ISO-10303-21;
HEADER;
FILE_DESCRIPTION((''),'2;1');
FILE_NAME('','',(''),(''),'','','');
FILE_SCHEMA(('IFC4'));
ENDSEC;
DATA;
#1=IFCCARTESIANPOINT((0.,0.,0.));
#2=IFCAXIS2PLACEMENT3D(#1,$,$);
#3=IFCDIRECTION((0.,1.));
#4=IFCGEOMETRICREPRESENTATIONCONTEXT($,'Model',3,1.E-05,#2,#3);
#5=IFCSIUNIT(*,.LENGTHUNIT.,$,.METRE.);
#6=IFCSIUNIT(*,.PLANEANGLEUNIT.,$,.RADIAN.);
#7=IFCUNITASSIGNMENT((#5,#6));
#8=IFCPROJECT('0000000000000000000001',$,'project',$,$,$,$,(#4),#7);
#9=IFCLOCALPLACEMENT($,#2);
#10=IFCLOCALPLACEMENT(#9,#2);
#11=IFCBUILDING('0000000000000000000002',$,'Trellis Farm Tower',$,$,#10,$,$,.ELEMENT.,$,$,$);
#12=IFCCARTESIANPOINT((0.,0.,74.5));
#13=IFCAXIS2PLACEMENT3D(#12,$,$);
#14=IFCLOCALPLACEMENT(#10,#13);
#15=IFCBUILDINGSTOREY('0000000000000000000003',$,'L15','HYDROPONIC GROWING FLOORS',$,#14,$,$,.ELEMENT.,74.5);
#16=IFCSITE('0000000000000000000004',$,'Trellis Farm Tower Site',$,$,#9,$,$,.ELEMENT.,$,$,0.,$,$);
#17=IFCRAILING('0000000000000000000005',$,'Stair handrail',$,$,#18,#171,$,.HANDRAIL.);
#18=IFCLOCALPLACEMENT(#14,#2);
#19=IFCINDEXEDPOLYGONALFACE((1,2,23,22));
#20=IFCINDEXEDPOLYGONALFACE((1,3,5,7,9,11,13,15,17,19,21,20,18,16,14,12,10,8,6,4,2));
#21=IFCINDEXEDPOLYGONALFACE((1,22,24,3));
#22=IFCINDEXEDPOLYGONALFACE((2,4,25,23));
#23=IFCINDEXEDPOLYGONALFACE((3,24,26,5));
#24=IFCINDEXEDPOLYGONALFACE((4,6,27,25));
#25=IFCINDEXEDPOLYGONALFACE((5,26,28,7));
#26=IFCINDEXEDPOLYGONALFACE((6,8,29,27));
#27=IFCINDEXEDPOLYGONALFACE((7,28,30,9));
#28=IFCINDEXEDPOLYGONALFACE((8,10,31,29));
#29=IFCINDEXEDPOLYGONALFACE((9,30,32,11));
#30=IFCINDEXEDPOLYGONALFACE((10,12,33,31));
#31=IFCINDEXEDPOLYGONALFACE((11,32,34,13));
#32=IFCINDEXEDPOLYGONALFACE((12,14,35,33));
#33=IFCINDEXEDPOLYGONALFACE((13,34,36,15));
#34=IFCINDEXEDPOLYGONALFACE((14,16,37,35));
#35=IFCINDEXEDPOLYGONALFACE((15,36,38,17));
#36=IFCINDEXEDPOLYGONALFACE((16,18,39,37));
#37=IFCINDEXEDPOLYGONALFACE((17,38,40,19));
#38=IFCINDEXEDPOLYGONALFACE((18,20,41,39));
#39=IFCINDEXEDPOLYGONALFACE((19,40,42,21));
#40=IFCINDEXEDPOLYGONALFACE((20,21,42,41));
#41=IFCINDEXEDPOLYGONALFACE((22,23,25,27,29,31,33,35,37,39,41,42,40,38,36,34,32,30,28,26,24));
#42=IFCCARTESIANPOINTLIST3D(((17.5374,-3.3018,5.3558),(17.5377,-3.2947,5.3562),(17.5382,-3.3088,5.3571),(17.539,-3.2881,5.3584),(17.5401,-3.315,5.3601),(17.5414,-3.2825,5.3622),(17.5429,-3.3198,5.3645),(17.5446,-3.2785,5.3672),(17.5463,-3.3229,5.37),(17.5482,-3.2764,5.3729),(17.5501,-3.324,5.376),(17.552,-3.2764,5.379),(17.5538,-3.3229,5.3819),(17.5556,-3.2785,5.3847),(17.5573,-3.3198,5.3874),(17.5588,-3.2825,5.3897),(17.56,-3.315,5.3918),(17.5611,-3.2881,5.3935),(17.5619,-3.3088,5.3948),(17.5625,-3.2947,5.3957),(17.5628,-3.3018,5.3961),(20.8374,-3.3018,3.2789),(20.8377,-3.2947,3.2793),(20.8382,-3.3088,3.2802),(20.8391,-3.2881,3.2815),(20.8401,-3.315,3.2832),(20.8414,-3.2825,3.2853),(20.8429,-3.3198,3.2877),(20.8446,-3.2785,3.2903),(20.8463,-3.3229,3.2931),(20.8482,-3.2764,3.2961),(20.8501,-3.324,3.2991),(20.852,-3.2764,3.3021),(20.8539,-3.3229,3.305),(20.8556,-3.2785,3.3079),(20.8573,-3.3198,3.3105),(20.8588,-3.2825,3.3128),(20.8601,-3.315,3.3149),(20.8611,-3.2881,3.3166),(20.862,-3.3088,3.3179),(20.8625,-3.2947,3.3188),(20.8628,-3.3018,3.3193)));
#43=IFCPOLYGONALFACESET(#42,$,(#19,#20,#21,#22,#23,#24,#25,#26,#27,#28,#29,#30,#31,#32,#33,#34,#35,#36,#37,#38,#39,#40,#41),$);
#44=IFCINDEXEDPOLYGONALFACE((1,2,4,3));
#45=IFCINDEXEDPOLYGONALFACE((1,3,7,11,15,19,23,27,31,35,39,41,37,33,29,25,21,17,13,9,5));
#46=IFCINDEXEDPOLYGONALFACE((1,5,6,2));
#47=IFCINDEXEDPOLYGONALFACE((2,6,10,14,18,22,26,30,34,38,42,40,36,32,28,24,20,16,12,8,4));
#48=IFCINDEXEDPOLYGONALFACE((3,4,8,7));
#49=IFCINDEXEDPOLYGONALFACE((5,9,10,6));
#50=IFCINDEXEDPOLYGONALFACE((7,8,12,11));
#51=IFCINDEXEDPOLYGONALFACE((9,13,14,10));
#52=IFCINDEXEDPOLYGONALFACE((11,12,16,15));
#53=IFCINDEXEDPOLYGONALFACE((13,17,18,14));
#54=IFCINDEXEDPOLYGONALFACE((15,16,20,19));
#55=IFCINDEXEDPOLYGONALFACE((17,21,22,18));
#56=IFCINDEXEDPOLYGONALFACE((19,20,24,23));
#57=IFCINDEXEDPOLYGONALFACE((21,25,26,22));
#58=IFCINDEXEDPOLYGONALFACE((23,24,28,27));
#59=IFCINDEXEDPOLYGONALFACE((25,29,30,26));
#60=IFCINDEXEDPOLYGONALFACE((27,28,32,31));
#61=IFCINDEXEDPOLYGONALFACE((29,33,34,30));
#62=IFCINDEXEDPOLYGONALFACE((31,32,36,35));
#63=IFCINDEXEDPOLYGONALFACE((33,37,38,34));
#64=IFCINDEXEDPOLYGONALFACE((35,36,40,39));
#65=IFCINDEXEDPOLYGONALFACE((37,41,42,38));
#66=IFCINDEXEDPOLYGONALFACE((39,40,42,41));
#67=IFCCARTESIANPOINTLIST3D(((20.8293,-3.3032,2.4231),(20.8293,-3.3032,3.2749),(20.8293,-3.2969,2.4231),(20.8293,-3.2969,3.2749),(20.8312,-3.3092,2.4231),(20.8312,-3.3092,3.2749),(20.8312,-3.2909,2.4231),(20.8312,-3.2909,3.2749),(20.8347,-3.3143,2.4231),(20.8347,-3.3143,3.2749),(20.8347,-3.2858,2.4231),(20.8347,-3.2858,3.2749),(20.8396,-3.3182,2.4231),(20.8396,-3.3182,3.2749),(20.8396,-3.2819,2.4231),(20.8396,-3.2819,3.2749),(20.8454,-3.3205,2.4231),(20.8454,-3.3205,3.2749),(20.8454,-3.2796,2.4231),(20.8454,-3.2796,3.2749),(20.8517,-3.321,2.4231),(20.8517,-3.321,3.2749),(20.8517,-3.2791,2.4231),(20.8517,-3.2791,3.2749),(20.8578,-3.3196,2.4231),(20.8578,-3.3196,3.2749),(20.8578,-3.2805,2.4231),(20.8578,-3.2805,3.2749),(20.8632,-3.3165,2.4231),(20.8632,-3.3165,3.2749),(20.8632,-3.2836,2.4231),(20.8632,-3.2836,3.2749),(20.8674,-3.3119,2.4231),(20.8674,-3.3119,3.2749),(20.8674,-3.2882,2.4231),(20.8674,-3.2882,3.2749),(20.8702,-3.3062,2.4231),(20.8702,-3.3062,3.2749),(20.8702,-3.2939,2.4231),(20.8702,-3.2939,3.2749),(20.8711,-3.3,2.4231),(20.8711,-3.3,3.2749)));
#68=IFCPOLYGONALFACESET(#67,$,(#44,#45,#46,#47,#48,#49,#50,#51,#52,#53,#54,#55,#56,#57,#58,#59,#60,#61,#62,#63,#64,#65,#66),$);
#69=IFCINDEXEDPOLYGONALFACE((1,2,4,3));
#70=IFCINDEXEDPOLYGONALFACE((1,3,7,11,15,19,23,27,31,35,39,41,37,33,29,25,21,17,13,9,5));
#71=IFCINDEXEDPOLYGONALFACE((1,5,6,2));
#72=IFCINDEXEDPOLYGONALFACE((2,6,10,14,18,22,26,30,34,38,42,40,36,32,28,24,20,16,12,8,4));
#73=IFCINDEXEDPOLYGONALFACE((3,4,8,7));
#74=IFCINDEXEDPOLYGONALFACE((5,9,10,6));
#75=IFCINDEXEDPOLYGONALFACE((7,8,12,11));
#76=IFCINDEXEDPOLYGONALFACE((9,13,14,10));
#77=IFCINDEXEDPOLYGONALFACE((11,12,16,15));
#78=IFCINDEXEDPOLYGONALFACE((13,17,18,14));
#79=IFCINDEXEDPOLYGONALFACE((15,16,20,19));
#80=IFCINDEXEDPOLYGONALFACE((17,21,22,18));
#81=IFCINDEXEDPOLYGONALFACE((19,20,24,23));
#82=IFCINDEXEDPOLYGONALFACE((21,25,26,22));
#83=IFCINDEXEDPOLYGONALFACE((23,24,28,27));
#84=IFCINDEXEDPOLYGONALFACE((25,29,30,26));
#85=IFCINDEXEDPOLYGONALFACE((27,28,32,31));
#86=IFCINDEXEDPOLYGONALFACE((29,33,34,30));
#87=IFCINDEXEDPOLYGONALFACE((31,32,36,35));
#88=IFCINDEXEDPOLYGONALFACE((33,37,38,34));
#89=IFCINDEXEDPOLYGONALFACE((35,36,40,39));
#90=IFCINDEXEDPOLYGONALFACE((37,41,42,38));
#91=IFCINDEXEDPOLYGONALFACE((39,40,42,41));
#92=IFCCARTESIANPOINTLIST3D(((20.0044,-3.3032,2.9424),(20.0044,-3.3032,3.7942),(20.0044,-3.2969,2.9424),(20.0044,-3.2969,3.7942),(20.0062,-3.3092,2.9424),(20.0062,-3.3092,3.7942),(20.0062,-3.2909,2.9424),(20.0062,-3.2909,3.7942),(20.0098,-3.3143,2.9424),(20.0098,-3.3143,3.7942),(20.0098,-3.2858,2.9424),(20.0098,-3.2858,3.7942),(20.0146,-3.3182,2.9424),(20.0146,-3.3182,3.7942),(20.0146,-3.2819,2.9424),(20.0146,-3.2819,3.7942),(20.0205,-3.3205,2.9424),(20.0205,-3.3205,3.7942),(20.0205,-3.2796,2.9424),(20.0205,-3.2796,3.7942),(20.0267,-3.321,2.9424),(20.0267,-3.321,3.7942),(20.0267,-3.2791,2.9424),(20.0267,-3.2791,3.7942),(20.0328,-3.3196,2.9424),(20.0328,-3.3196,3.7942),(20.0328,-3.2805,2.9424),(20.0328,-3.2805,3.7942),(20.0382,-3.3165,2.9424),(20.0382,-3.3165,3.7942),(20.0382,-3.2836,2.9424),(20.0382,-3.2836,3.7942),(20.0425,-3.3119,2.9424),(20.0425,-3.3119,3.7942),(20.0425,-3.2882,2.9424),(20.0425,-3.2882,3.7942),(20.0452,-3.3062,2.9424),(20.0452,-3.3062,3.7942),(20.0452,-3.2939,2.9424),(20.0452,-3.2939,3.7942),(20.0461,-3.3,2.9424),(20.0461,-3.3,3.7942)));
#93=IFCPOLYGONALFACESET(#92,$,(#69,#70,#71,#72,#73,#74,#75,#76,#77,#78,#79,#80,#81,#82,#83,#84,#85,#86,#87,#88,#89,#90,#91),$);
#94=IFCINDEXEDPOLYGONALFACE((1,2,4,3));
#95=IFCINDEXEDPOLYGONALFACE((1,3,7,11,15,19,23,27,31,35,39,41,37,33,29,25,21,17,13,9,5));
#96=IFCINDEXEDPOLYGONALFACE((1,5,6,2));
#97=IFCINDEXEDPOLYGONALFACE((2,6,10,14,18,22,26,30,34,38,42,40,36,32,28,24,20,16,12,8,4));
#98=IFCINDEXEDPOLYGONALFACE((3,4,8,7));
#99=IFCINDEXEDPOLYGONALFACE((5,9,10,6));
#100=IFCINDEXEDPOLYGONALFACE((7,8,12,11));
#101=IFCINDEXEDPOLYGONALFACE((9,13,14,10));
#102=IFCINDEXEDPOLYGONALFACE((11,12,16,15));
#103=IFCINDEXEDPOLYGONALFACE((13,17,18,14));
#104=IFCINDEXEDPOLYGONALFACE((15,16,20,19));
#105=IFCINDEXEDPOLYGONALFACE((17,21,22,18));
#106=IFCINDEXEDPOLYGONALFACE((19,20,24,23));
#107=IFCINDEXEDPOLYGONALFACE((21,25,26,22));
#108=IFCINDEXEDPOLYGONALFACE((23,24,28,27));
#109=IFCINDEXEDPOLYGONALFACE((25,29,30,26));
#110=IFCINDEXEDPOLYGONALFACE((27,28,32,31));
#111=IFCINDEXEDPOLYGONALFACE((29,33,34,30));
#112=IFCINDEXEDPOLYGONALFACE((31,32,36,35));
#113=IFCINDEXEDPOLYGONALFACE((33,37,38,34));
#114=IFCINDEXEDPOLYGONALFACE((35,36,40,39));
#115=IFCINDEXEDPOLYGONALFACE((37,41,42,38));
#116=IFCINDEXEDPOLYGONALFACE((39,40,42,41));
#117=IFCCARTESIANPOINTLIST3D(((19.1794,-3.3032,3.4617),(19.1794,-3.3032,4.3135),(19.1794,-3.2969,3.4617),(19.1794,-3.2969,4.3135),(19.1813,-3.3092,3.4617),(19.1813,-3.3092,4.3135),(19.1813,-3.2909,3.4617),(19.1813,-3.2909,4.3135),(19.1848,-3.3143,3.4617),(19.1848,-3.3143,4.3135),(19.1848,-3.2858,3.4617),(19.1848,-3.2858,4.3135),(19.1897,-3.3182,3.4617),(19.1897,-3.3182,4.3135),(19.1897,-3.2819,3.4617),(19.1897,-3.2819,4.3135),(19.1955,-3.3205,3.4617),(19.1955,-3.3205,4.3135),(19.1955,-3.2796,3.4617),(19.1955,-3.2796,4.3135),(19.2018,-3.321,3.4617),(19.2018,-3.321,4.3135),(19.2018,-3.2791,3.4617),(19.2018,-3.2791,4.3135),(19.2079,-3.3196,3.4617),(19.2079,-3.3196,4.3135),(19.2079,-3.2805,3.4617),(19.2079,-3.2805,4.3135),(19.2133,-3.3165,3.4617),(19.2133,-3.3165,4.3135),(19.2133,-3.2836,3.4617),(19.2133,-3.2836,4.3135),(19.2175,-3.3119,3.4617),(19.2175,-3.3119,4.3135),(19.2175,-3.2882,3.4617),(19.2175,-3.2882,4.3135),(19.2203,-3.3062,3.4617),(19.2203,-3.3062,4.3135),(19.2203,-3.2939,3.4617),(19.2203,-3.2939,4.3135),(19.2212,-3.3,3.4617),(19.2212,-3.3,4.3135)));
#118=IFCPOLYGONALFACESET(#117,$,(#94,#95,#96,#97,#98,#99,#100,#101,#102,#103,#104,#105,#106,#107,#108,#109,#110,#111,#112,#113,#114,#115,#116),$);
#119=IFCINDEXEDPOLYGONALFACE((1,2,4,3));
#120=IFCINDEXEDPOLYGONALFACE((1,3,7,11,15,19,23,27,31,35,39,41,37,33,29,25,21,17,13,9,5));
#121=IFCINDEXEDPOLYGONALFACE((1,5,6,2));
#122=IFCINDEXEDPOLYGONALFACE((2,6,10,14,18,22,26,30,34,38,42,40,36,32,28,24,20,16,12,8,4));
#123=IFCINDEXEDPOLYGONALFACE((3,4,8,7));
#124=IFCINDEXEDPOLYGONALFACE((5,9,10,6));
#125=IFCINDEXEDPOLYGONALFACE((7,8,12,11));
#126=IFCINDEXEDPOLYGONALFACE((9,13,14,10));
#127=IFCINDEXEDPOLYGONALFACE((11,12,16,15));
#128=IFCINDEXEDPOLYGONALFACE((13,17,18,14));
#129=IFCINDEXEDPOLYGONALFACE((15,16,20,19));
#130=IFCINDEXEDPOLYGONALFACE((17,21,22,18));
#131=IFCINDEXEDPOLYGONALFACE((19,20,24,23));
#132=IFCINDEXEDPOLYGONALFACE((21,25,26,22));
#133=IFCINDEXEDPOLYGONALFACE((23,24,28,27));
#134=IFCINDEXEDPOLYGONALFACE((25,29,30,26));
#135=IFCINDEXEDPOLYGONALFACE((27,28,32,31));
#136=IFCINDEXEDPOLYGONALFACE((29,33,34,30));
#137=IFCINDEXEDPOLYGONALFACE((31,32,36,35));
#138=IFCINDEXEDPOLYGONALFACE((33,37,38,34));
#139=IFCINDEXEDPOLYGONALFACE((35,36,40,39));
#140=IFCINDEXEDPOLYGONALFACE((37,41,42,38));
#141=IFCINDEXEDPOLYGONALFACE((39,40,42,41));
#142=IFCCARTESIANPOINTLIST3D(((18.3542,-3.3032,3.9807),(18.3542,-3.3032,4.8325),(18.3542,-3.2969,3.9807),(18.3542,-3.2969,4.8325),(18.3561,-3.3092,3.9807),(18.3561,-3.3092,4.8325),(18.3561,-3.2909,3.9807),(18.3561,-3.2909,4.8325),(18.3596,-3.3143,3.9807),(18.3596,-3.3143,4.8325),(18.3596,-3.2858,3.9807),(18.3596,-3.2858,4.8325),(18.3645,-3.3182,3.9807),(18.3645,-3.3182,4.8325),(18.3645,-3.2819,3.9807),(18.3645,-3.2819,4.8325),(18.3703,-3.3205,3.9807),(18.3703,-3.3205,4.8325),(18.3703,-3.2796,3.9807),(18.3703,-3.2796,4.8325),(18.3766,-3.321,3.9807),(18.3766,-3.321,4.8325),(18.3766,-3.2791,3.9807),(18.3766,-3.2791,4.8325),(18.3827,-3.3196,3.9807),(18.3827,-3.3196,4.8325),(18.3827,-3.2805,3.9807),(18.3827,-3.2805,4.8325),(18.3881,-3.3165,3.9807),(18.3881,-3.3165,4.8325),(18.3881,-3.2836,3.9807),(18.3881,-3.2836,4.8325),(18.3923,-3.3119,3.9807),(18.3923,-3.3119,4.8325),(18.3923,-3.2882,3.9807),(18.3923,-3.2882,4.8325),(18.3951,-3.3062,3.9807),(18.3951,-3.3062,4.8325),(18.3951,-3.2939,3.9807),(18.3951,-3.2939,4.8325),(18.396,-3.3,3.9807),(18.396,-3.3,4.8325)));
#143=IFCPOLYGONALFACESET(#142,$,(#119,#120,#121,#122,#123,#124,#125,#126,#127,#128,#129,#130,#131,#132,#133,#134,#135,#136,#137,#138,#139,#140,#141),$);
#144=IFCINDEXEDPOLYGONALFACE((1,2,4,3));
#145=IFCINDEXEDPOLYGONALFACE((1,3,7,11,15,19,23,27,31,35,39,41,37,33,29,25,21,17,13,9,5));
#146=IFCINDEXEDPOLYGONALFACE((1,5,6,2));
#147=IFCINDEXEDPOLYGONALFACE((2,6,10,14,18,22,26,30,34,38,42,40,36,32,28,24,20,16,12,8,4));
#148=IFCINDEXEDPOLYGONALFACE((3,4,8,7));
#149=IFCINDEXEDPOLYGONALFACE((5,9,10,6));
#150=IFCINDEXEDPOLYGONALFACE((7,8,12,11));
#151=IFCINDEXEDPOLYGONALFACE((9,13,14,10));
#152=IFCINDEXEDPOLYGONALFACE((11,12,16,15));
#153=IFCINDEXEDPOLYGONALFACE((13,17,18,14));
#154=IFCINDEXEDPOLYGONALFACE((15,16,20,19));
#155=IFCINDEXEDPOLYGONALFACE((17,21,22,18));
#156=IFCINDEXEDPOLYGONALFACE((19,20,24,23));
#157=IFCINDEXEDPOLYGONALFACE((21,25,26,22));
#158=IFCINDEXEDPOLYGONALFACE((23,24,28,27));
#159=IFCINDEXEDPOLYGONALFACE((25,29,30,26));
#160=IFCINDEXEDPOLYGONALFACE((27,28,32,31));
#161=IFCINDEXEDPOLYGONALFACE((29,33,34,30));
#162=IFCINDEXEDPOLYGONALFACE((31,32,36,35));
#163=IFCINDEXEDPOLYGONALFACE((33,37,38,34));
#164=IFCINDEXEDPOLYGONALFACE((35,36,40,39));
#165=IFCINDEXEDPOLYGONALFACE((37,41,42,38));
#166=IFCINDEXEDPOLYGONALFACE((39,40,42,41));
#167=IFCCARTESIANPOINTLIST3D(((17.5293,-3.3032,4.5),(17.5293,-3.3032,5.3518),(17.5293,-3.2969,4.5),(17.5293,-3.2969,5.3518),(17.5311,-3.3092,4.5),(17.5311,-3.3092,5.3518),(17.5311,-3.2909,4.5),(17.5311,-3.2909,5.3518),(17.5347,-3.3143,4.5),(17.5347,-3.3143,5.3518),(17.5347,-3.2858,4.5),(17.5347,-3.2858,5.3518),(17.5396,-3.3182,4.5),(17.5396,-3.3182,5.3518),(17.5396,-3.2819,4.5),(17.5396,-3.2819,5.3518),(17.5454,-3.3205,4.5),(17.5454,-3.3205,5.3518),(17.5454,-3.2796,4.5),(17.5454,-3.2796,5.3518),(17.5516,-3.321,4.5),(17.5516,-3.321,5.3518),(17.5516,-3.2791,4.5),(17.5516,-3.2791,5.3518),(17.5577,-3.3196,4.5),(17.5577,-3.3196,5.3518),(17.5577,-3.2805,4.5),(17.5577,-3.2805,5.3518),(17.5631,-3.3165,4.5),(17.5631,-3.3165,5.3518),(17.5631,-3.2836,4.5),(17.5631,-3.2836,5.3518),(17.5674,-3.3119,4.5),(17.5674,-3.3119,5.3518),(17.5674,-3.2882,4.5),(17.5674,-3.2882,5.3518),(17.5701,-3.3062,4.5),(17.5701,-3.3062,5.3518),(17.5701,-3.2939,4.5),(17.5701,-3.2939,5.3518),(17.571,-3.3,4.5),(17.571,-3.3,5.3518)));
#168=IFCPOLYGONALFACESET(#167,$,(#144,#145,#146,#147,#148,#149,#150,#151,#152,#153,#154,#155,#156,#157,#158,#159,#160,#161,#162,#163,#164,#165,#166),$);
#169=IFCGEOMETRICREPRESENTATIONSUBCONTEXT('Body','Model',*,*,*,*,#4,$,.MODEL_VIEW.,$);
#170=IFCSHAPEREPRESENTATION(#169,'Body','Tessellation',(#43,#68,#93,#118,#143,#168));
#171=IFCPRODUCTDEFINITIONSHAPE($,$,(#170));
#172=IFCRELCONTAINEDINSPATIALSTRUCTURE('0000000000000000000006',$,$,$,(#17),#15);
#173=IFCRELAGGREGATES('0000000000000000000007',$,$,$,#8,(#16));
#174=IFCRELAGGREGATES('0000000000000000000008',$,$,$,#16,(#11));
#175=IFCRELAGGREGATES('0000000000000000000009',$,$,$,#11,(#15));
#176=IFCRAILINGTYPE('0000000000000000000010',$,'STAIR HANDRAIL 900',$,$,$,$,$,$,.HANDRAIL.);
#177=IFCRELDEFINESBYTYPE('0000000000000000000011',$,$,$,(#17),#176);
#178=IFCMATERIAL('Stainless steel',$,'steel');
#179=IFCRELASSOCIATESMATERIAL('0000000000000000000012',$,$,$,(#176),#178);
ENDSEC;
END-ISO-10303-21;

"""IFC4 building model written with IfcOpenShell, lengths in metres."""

from ifc_helpers import new_model, si_unit, direction, frame, origin, origin_2d, place, context, subcontext, project, spatial, circle, extrude, source, transform, mapped, material, type_object, element, save


model = new_model("IFC4")

# Units and contexts
model_context = context("Model", 3, precision=1e-05, world=origin(), true_north=direction((0.0, 1.0)))
body_context = subcontext(model_context, "Body", "Model", "MODEL_VIEW")
ifc_project = project(units=[si_unit("LENGTHUNIT", "METRE"), si_unit("PLANEANGLEUNIT", "RADIAN")], contexts=[model_context])

# Site, building, storey
site_placement = place(None, origin())
site = spatial("IfcSite", under=ifc_project, at=site_placement, Name="Trellis Farm Tower Site", CompositionType="ELEMENT", RefElevation=0.0)
building_placement = place(site_placement, origin())
building = spatial("IfcBuilding", under=site, at=building_placement, Name="Trellis Farm Tower", CompositionType="ELEMENT")
storey_placement = place(building_placement, frame((0.0, 0.0, 74.5)))
storey = spatial("IfcBuildingStorey", under=building, at=storey_placement, Name="L15", Description="HYDROPONIC GROWING FLOORS", CompositionType="ELEMENT", Elevation=74.5)

# Railing
ifc_material_1 = material(Name="Stainless steel", Category="steel")
railing_type = type_object("IfcRailingType", Name="STAIR HANDRAIL 900", PredefinedType="HANDRAIL", material=ifc_material_1)
shared_shape_1 = source(origin(), body_context, "Body", "SweptSolid", [
    extrude(circle(Radius=0.0239, at=origin_2d()), frame((0.0, 0.0, 0.876), z_axis=(-0.846337, 0.0, 0.532647), x_axis=(0.0, -1.0, 0.0)), (0.0, 0.0, 1.0), 3.8992),
    extrude(circle(Radius=0.021, at=origin_2d()), origin(), (0.0, 0.0, 1.0), 0.8518),
    extrude(circle(Radius=0.021, at=origin_2d()), frame((-0.825, 0.0, 0.5193)), (0.0, 0.0, 1.0), 0.8518),
    extrude(circle(Radius=0.021, at=origin_2d()), frame((-1.6499, 0.0, 1.0386)), (0.0, 0.0, 1.0), 0.8518),
    extrude(circle(Radius=0.021, at=origin_2d()), frame((-2.4751, 0.0, 1.5576)), (0.0, 0.0, 1.0), 0.8518),
    extrude(circle(Radius=0.021, at=origin_2d()), frame((-3.3, 0.0, 2.0769)), (0.0, 0.0, 1.0), 0.8518),
])
for number, where, name in (
    (1, (20.8501, -3.3, 2.4231), "Stair handrail"),
):
    element("IfcRailing", number, at=place(storey_placement, frame(where)), inside=storey, type_object=railing_type, Name=name, PredefinedType="HANDRAIL", context=body_context, shape_type="MappedRepresentation", body=[
        mapped(shared_shape_1, transform((0.0, 0.0, 0.0))),
    ])

save(model, "model.ifc")
